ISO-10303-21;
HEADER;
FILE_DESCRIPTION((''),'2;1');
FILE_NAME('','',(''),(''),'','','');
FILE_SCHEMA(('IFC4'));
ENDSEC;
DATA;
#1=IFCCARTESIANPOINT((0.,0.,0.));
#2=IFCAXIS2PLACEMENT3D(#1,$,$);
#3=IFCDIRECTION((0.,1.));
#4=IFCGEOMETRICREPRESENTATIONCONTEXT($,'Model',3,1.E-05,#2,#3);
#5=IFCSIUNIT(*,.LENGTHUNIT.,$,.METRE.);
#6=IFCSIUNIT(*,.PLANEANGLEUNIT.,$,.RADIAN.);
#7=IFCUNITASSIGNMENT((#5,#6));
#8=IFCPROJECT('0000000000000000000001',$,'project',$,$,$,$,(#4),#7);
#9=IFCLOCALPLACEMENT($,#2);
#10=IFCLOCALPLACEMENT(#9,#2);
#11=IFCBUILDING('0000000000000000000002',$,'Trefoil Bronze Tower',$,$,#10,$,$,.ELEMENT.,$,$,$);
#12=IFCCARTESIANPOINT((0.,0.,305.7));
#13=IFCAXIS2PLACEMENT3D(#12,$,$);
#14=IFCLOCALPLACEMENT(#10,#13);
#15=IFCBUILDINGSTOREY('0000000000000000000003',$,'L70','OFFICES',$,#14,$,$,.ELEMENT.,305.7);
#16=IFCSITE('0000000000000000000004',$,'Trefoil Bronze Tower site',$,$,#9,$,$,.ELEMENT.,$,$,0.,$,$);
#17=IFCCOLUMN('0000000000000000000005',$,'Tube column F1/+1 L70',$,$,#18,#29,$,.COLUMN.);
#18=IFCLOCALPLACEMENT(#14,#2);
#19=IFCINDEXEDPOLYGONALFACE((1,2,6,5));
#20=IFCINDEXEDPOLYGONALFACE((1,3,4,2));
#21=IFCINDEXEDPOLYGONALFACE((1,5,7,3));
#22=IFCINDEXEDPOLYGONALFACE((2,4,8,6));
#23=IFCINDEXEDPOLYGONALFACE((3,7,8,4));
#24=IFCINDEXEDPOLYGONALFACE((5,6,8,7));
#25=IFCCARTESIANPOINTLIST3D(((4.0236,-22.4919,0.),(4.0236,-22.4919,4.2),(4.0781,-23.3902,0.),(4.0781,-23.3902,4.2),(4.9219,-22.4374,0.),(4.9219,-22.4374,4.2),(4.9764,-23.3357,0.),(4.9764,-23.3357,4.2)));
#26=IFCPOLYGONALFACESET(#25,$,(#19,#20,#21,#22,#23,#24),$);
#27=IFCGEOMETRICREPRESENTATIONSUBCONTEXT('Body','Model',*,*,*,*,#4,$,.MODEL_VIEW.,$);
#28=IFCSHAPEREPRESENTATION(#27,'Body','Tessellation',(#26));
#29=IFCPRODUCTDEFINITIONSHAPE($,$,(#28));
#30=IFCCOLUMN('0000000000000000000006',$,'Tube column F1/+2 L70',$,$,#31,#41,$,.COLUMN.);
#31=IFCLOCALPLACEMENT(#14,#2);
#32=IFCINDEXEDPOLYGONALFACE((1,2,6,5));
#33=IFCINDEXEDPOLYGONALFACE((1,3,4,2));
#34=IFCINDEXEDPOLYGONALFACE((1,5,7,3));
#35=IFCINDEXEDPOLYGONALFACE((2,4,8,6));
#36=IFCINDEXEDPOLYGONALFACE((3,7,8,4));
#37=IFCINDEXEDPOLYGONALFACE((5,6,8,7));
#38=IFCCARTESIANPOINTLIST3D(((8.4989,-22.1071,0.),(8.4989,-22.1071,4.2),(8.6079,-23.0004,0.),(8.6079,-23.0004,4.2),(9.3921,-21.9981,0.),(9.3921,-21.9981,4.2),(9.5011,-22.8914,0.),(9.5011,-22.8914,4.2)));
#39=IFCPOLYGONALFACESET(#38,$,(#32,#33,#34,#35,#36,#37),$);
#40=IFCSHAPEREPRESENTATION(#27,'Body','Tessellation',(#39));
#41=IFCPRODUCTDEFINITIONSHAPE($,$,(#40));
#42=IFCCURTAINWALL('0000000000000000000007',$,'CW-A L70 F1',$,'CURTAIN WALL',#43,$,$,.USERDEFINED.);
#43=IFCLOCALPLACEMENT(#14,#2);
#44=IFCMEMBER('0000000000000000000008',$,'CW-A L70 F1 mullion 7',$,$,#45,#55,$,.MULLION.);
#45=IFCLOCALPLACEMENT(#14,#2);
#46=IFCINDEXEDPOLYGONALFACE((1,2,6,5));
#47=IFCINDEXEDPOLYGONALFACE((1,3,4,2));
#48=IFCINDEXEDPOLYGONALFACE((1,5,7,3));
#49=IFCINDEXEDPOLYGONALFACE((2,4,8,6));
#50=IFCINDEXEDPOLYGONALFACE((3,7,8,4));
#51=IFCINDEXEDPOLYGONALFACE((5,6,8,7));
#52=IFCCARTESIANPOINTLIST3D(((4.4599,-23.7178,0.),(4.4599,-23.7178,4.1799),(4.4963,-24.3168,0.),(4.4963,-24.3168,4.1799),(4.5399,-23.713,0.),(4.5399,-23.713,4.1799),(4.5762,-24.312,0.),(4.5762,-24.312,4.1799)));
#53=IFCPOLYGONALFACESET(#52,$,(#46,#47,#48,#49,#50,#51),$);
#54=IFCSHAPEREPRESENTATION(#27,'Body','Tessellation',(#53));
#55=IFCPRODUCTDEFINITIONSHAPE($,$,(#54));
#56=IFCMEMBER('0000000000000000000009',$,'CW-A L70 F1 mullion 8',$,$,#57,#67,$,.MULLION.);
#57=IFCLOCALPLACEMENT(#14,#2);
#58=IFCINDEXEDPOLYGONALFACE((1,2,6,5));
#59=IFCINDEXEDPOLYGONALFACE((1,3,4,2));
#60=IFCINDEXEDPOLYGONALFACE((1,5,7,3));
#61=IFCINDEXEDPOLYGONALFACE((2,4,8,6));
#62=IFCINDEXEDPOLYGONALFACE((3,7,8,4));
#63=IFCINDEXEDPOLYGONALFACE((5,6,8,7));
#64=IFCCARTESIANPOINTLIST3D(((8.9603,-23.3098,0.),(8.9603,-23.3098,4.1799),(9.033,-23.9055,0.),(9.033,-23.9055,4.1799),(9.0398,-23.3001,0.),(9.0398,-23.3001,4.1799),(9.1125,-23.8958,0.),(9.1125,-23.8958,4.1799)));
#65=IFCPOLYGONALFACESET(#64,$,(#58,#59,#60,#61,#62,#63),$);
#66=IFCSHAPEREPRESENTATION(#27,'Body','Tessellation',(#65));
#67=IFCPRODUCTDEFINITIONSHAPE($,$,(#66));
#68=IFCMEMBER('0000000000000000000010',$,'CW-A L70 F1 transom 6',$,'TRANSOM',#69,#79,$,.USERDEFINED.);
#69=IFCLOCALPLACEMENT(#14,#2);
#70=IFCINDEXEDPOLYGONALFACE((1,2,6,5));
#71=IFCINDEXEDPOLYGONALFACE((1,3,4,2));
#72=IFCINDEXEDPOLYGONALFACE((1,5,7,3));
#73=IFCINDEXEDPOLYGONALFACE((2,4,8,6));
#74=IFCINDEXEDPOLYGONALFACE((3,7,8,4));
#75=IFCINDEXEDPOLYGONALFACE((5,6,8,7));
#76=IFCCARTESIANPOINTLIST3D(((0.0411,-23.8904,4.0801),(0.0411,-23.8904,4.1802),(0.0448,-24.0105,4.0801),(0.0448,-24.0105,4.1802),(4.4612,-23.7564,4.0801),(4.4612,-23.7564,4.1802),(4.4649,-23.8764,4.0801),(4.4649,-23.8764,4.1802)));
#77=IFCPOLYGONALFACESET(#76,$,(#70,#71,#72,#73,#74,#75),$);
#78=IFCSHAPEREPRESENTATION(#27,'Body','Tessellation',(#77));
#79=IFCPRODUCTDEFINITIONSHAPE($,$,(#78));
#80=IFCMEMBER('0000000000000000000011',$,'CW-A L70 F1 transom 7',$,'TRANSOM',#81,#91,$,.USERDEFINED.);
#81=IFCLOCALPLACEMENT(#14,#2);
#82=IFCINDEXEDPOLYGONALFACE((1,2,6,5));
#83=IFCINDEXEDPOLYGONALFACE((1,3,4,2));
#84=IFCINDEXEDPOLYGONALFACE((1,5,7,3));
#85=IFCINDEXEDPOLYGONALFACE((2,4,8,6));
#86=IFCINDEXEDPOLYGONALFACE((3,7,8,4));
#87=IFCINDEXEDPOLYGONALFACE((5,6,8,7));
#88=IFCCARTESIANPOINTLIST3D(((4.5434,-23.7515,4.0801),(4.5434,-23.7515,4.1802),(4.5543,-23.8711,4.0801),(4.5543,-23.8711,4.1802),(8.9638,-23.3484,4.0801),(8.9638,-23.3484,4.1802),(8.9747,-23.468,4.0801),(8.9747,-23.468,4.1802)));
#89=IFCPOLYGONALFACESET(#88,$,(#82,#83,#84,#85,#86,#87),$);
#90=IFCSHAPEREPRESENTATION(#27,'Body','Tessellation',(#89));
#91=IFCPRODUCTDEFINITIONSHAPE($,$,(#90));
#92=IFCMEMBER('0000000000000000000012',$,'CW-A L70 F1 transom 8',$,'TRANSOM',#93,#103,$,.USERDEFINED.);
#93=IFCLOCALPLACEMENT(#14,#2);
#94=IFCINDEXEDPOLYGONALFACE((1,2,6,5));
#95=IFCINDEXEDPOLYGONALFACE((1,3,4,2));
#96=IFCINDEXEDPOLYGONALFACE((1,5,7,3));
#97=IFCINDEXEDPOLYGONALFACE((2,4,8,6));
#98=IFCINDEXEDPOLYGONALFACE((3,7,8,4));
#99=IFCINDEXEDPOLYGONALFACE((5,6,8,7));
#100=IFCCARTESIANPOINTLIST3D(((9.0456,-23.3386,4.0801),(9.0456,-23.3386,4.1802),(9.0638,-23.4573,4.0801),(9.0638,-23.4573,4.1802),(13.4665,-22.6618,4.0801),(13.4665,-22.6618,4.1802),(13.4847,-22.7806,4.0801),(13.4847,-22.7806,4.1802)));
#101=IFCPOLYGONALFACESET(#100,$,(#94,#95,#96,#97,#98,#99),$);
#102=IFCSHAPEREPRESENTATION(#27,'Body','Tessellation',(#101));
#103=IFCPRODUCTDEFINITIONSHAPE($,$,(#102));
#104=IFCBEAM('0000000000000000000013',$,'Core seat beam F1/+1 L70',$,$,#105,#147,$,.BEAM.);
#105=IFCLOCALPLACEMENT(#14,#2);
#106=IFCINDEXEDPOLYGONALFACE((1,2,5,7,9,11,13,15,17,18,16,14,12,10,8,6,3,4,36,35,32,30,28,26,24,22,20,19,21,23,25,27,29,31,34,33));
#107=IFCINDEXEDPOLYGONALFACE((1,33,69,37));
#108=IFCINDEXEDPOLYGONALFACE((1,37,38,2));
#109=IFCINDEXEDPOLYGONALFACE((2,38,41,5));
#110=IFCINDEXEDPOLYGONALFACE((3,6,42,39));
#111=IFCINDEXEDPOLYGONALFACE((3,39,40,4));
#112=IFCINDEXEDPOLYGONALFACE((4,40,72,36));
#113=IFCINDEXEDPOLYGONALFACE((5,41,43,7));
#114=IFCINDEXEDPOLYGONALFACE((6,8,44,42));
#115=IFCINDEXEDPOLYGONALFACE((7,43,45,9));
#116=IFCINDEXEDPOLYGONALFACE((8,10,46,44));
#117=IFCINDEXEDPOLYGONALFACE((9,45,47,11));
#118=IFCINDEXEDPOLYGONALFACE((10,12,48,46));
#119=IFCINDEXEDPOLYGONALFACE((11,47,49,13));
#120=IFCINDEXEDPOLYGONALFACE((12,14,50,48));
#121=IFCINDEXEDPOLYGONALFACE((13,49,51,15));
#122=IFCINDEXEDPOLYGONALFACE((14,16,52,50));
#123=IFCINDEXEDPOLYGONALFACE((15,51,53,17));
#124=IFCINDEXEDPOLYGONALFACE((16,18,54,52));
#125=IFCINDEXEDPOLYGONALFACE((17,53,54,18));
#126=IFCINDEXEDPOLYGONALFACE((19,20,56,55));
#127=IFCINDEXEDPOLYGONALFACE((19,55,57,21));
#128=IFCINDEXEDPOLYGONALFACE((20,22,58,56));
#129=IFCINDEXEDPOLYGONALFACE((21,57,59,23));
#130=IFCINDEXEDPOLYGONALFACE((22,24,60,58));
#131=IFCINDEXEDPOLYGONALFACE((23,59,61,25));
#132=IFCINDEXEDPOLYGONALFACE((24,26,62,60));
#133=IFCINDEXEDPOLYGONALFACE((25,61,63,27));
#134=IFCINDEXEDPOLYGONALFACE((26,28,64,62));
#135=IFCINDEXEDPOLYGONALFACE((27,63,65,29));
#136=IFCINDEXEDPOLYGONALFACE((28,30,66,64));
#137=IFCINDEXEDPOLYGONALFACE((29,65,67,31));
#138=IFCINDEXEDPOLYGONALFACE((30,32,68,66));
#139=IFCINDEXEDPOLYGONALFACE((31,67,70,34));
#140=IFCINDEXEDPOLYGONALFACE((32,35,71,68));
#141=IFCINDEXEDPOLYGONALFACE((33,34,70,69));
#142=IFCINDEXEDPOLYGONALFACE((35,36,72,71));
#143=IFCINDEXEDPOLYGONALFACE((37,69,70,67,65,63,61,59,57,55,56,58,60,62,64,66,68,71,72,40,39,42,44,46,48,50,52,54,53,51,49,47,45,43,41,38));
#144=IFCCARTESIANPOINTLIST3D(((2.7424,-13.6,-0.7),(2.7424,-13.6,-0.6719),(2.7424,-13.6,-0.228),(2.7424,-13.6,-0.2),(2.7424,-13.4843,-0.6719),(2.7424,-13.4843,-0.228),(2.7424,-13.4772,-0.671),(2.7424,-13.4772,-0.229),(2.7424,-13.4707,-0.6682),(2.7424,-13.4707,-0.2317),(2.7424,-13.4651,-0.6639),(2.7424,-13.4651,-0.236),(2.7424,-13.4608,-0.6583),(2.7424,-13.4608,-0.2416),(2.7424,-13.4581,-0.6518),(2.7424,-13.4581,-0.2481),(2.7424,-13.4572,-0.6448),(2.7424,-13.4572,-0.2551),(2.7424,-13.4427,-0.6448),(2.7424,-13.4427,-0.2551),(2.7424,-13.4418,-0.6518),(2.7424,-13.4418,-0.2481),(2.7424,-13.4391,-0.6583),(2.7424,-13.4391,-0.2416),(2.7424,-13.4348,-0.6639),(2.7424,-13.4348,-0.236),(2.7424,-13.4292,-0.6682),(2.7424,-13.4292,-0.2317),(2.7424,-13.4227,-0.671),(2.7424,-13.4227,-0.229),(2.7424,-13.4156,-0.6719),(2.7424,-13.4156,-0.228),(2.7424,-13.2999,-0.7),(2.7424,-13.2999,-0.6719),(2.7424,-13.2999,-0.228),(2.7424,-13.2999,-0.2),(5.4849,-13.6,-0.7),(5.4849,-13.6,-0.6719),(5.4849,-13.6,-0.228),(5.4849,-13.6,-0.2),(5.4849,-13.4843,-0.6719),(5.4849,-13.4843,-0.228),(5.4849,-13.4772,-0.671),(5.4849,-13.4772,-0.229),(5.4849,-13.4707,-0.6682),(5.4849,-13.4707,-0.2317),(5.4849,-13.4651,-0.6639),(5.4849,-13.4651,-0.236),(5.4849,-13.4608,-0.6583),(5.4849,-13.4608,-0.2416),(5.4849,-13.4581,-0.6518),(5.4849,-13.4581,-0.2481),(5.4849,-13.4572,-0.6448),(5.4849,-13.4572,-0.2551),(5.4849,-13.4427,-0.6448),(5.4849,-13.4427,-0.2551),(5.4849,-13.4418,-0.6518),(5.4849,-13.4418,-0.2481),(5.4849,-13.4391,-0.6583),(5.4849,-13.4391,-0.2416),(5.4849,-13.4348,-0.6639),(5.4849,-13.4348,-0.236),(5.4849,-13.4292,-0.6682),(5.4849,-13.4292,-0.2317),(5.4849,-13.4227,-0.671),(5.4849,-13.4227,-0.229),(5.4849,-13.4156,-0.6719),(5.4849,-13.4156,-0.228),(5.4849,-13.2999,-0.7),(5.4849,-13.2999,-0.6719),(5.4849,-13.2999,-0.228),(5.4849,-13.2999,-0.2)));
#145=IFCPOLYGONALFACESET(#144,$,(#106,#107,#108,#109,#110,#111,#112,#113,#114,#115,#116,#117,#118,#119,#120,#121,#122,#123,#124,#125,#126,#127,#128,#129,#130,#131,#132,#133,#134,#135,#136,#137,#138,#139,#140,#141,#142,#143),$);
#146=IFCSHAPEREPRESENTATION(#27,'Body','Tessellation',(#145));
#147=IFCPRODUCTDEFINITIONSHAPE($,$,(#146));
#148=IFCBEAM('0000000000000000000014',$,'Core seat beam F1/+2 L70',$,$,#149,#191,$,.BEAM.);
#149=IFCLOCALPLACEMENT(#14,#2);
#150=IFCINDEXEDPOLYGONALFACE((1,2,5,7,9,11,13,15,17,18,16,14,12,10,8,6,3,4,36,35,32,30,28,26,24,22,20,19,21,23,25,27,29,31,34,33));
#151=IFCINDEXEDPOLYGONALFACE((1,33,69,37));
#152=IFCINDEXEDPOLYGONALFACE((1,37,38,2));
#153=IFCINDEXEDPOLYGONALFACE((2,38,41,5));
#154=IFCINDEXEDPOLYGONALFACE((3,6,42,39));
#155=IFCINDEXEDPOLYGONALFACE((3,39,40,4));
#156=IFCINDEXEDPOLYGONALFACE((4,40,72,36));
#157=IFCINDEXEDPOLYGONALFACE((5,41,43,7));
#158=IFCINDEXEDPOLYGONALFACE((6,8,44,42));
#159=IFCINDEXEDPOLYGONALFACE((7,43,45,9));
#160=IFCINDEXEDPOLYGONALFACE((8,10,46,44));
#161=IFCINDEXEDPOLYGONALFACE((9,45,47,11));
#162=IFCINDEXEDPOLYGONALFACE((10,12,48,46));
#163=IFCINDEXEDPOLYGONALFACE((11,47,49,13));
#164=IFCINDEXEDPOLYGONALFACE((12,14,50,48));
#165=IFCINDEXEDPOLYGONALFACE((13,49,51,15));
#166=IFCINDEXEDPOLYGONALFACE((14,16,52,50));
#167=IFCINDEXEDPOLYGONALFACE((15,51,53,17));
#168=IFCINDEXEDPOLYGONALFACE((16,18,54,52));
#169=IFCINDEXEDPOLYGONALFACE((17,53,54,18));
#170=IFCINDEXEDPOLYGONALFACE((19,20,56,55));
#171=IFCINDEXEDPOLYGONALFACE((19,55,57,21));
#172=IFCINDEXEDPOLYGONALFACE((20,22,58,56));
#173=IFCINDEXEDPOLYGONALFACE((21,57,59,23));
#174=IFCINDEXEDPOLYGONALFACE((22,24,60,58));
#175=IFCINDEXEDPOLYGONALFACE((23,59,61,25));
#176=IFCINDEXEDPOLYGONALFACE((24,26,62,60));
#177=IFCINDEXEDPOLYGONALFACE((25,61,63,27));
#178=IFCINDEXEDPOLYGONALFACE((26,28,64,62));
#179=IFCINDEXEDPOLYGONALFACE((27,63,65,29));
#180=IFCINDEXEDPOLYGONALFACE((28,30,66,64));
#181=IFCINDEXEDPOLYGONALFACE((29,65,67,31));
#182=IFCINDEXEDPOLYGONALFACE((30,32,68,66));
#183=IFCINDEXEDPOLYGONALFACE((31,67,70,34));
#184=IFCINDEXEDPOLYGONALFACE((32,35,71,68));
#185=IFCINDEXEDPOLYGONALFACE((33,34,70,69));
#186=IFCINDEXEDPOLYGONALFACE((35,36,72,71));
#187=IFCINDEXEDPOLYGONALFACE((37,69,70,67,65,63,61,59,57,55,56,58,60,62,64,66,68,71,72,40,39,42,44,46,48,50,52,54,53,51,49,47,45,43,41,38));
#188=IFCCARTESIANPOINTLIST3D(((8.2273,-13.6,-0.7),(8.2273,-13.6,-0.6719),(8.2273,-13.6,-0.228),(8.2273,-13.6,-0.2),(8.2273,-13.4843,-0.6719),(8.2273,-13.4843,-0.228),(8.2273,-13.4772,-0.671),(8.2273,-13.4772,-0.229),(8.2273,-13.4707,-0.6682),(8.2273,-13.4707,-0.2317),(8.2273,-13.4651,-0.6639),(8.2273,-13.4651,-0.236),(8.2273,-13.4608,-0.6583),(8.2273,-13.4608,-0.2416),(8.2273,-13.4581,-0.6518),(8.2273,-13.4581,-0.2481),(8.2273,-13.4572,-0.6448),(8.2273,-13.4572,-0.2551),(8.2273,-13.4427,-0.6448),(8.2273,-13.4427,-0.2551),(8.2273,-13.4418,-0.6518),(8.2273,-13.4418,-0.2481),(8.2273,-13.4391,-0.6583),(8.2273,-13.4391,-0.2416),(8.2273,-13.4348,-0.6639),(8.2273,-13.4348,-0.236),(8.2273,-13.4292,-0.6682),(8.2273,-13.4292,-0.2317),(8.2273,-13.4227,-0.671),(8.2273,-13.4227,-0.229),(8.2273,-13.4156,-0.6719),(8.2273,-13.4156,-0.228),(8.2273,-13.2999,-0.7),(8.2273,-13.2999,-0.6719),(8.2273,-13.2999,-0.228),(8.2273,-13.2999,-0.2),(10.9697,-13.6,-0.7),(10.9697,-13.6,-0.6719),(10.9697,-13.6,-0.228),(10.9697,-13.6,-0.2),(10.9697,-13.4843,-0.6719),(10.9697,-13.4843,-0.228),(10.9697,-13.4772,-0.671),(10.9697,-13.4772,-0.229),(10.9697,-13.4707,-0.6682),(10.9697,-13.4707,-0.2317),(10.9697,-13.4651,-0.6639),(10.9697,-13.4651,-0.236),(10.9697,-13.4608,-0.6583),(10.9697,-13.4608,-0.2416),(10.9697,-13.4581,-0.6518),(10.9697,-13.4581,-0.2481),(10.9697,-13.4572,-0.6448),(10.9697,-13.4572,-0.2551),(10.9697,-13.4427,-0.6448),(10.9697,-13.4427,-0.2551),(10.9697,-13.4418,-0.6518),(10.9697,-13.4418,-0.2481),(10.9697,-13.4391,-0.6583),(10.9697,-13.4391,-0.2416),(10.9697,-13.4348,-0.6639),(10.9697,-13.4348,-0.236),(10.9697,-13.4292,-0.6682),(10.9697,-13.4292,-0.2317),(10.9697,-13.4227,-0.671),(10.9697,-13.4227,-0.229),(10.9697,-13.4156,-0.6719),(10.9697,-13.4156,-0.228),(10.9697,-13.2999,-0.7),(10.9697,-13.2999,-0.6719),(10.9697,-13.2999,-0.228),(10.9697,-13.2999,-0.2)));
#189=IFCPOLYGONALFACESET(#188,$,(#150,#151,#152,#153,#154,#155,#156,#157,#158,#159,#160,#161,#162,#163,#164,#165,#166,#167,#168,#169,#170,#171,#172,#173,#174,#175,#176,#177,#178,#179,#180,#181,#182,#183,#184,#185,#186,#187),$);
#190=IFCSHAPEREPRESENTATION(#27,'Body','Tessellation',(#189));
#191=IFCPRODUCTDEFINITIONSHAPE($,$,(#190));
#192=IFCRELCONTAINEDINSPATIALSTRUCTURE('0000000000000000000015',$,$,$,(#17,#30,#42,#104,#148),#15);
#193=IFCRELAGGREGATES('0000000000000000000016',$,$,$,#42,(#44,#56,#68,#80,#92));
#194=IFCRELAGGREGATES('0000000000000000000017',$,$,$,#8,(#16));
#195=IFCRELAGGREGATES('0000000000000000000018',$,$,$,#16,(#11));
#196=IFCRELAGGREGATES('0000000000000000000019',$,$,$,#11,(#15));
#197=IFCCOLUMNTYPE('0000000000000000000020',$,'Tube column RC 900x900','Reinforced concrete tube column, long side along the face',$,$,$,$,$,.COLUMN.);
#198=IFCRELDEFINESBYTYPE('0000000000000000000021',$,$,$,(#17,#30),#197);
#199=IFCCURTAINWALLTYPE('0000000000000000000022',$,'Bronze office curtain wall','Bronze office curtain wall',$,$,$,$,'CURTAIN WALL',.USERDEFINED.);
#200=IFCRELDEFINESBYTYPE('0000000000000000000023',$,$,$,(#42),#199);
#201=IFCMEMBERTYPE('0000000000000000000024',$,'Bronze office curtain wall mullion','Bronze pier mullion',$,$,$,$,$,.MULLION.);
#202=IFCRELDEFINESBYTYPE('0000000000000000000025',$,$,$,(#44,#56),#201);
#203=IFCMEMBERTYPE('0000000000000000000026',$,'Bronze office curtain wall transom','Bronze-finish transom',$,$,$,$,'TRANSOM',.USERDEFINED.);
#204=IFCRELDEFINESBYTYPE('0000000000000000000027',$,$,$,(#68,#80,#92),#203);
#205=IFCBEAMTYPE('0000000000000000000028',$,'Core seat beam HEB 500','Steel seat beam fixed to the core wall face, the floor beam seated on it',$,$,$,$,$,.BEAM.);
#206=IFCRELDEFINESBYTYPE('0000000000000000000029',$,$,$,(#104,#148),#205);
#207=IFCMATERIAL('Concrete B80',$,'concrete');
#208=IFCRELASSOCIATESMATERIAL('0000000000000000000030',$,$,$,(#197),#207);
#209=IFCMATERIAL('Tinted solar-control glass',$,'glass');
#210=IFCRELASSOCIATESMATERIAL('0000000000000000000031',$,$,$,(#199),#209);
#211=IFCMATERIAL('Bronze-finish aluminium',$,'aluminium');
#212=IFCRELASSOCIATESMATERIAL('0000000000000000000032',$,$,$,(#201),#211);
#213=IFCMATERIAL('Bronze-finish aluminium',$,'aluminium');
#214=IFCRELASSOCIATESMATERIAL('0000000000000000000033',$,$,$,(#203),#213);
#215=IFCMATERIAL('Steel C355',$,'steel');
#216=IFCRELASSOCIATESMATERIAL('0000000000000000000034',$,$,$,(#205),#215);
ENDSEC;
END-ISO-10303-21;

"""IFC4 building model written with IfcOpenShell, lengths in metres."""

from ifc_helpers import new_model, si_unit, direction, frame, origin, origin_2d, place, context, subcontext, project, spatial, rectangle, i_section, extrude, material, material_profile, profile_set, type_object, element, aggregate, save


model = new_model("IFC4")

# Units and contexts
model_context = context("Model", 3, precision=1e-05, world=origin(), true_north=direction((0.0, 1.0)))
body_context = subcontext(model_context, "Body", "Model", "MODEL_VIEW")
ifc_project = project(units=[si_unit("LENGTHUNIT", "METRE"), si_unit("PLANEANGLEUNIT", "RADIAN")], contexts=[model_context])

# Site, building, storey
site_placement = place(None, origin())
site = spatial("IfcSite", under=ifc_project, at=site_placement, Name="Trefoil Bronze Tower site", CompositionType="ELEMENT", RefElevation=0.0)
building_placement = place(site_placement, origin())
building = spatial("IfcBuilding", under=site, at=building_placement, Name="Trefoil Bronze Tower", CompositionType="ELEMENT")
storey_placement = place(building_placement, frame((0.0, 0.0, 305.7)))
storey = spatial("IfcBuildingStorey", under=building, at=storey_placement, Name="L70", Description="OFFICES", CompositionType="ELEMENT", Elevation=305.7)

# Columns
ifc_material_1 = material(Name="Concrete B80", Category="concrete")
ifc_material_profile_1 = material_profile(ifc_material_1, rectangle(XDim=0.8999, YDim=0.8999, at=origin_2d()), Name="RC 900x900")
ifc_profile_set_1 = profile_set([ifc_material_profile_1], Name="Concrete B80")
column_type = type_object("IfcColumnType", Name="Tube column RC 900x900", Description="Reinforced concrete tube column, long side along the face", PredefinedType="COLUMN", material=ifc_profile_set_1)
for number, where, z_axis, x_axis, name in (
    (1, (4.5, -22.9138, 0.0), (0.0, 0.0, 1.0), (0.998165, 0.060554, 0.0), "Tube column F1/+1 L70"),
    (2, (9.0, -22.4993, 0.0), (0.0, 0.0, 1.0), (0.992639, 0.121109, 0.0), "Tube column F1/+2 L70"),
):
    element("IfcColumn", number, at=place(storey_placement, frame(where, z_axis=z_axis, x_axis=x_axis)), inside=storey, type_object=column_type, Name=name, PredefinedType="COLUMN", context=body_context, shape_type="SweptSolid", body=[
        extrude(rectangle(XDim=0.8999, YDim=0.8999, at=origin_2d()), origin(), (0.0, 0.0, 1.0), 4.2),
    ])

# Curtain wall, members
ifc_material_2 = material(Name="Tinted solar-control glass", Category="glass")
curtain_wall_type = type_object("IfcCurtainWallType", Name="Bronze office curtain wall", Description="Bronze office curtain wall", ElementType="CURTAIN WALL", PredefinedType="USERDEFINED", material=ifc_material_2)
curtain_wall_placement = place(storey_placement, origin())
curtain_wall = element("IfcCurtainWall", 3, at=curtain_wall_placement, inside=storey, type_object=curtain_wall_type, Name="CW-A L70 F1", ObjectType="CURTAIN WALL", PredefinedType="USERDEFINED")
ifc_material_3 = material(Name="Bronze-finish aluminium", Category="aluminium")
ifc_material_profile_2 = material_profile(ifc_material_3, rectangle(XDim=0.6001, YDim=0.0801, at=origin_2d()), Name="CW-A mullion")
ifc_profile_set_2 = profile_set([ifc_material_profile_2], Name="Bronze-finish aluminium")
member_type_1 = type_object("IfcMemberType", Name="Bronze office curtain wall mullion", Description="Bronze pier mullion", PredefinedType="MULLION", material=ifc_profile_set_2)
member_1_placement = place(storey_placement, frame((4.5181, -24.0149, 0.0), z_axis=(0.0, 0.0, 1.0), x_axis=(-0.060554, 0.998165, 0.0)))
member_1 = element("IfcMember", 4, at=member_1_placement, type_object=member_type_1, Name="CW-A L70 F1 mullion 7", PredefinedType="MULLION", context=body_context, shape_type="SweptSolid", body=[
    extrude(rectangle(XDim=0.6001, YDim=0.0801, at=origin_2d()), origin(), (0.0, 0.0, 1.0), 4.1799),
])
member_2_placement = place(storey_placement, frame((9.0364, -23.6028, 0.0), z_axis=(0.0, 0.0, 1.0), x_axis=(-0.121109, 0.992639, 0.0)))
member_2 = element("IfcMember", 5, at=member_2_placement, type_object=member_type_1, Name="CW-A L70 F1 mullion 8", PredefinedType="MULLION", context=body_context, shape_type="SweptSolid", body=[
    extrude(rectangle(XDim=0.6001, YDim=0.0801, at=origin_2d()), origin(), (0.0, 0.0, 1.0), 4.1799),
])
ifc_material_4 = material(Name="Bronze-finish aluminium", Category="aluminium")
ifc_material_profile_3 = material_profile(ifc_material_4, rectangle(XDim=0.1201, YDim=0.1001, at=origin_2d()), Name="CW-A transom")
ifc_profile_set_3 = profile_set([ifc_material_profile_3], Name="Bronze-finish aluminium")
member_type_2 = type_object("IfcMemberType", Name="Bronze office curtain wall transom", Description="Bronze-finish transom", ElementType="TRANSOM", PredefinedType="USERDEFINED", material=ifc_profile_set_3)
member_3_placement = place(storey_placement, frame((0.043, -23.9504, 4.1301), z_axis=(0.999541, 0.030309, 0.0), x_axis=(-0.030309, 0.999541, 0.0)))
member_3 = element("IfcMember", 6, at=member_3_placement, type_object=member_type_2, Name="CW-A L70 F1 transom 6", ObjectType="TRANSOM", PredefinedType="USERDEFINED", context=body_context, shape_type="SweptSolid", body=[
    extrude(rectangle(XDim=0.1201, YDim=0.1001, at=origin_2d()), origin(), (0.0, 0.0, 1.0), 4.4221),
])
member_4_placement = place(storey_placement, frame((4.5488, -23.8113, 4.1301), z_axis=(0.995868, 0.090808, 0.0), x_axis=(-0.090808, 0.995868, 0.0)))
member_4 = element("IfcMember", 7, at=member_4_placement, type_object=member_type_2, Name="CW-A L70 F1 transom 7", ObjectType="TRANSOM", PredefinedType="USERDEFINED", context=body_context, shape_type="SweptSolid", body=[
    extrude(rectangle(XDim=0.1201, YDim=0.1001, at=origin_2d()), origin(), (0.0, 0.0, 1.0), 4.4387),
])
member_5_placement = place(storey_placement, frame((9.0547, -23.3979, 4.1301), z_axis=(0.988485, 0.151319, 0.0), x_axis=(-0.151319, 0.988485, 0.0)))
member_5 = element("IfcMember", 8, at=member_5_placement, type_object=member_type_2, Name="CW-A L70 F1 transom 8", ObjectType="TRANSOM", PredefinedType="USERDEFINED", context=body_context, shape_type="SweptSolid", body=[
    extrude(rectangle(XDim=0.1201, YDim=0.1001, at=origin_2d()), origin(), (0.0, 0.0, 1.0), 4.4724),
])

# Beams
ifc_material_5 = material(Name="Steel C355", Category="steel")
ifc_material_profile_4 = material_profile(ifc_material_5, i_section(OverallWidth=0.3, OverallDepth=0.5, WebThickness=0.0144, FlangeThickness=0.0281, FilletRadius=0.0271, at=origin_2d()), Name="HEB 500")
ifc_profile_set_4 = profile_set([ifc_material_profile_4], Name="Steel C355")
beam_type_1 = type_object("IfcBeamType", Name="Core seat beam HEB 500", Description="Steel seat beam fixed to the core wall face, the floor beam seated on it", PredefinedType="BEAM", material=ifc_profile_set_4)
for number, where, z_axis, x_axis, name in (
    (9, (2.7424, -13.45, -0.45), (1.0, 0.0, 0.0), (0.0, 1.0, 0.0), "Core seat beam F1/+1 L70"),
    (10, (8.2273, -13.45, -0.45), (1.0, 0.0, 0.0), (0.0, 1.0, 0.0), "Core seat beam F1/+2 L70"),
):
    element("IfcBeam", number, at=place(storey_placement, frame(where, z_axis=z_axis, x_axis=x_axis)), inside=storey, type_object=beam_type_1, Name=name, PredefinedType="BEAM", context=body_context, shape_type="SweptSolid", body=[
        extrude(i_section(OverallWidth=0.3, OverallDepth=0.5, WebThickness=0.0144, FlangeThickness=0.0281, FilletRadius=0.0271, at=origin_2d()), origin(), (0.0, 0.0, 1.0), 2.7424),
    ])

aggregate(curtain_wall, [member_1, member_2, member_3, member_4, member_5])

save(model, "model.ifc")
